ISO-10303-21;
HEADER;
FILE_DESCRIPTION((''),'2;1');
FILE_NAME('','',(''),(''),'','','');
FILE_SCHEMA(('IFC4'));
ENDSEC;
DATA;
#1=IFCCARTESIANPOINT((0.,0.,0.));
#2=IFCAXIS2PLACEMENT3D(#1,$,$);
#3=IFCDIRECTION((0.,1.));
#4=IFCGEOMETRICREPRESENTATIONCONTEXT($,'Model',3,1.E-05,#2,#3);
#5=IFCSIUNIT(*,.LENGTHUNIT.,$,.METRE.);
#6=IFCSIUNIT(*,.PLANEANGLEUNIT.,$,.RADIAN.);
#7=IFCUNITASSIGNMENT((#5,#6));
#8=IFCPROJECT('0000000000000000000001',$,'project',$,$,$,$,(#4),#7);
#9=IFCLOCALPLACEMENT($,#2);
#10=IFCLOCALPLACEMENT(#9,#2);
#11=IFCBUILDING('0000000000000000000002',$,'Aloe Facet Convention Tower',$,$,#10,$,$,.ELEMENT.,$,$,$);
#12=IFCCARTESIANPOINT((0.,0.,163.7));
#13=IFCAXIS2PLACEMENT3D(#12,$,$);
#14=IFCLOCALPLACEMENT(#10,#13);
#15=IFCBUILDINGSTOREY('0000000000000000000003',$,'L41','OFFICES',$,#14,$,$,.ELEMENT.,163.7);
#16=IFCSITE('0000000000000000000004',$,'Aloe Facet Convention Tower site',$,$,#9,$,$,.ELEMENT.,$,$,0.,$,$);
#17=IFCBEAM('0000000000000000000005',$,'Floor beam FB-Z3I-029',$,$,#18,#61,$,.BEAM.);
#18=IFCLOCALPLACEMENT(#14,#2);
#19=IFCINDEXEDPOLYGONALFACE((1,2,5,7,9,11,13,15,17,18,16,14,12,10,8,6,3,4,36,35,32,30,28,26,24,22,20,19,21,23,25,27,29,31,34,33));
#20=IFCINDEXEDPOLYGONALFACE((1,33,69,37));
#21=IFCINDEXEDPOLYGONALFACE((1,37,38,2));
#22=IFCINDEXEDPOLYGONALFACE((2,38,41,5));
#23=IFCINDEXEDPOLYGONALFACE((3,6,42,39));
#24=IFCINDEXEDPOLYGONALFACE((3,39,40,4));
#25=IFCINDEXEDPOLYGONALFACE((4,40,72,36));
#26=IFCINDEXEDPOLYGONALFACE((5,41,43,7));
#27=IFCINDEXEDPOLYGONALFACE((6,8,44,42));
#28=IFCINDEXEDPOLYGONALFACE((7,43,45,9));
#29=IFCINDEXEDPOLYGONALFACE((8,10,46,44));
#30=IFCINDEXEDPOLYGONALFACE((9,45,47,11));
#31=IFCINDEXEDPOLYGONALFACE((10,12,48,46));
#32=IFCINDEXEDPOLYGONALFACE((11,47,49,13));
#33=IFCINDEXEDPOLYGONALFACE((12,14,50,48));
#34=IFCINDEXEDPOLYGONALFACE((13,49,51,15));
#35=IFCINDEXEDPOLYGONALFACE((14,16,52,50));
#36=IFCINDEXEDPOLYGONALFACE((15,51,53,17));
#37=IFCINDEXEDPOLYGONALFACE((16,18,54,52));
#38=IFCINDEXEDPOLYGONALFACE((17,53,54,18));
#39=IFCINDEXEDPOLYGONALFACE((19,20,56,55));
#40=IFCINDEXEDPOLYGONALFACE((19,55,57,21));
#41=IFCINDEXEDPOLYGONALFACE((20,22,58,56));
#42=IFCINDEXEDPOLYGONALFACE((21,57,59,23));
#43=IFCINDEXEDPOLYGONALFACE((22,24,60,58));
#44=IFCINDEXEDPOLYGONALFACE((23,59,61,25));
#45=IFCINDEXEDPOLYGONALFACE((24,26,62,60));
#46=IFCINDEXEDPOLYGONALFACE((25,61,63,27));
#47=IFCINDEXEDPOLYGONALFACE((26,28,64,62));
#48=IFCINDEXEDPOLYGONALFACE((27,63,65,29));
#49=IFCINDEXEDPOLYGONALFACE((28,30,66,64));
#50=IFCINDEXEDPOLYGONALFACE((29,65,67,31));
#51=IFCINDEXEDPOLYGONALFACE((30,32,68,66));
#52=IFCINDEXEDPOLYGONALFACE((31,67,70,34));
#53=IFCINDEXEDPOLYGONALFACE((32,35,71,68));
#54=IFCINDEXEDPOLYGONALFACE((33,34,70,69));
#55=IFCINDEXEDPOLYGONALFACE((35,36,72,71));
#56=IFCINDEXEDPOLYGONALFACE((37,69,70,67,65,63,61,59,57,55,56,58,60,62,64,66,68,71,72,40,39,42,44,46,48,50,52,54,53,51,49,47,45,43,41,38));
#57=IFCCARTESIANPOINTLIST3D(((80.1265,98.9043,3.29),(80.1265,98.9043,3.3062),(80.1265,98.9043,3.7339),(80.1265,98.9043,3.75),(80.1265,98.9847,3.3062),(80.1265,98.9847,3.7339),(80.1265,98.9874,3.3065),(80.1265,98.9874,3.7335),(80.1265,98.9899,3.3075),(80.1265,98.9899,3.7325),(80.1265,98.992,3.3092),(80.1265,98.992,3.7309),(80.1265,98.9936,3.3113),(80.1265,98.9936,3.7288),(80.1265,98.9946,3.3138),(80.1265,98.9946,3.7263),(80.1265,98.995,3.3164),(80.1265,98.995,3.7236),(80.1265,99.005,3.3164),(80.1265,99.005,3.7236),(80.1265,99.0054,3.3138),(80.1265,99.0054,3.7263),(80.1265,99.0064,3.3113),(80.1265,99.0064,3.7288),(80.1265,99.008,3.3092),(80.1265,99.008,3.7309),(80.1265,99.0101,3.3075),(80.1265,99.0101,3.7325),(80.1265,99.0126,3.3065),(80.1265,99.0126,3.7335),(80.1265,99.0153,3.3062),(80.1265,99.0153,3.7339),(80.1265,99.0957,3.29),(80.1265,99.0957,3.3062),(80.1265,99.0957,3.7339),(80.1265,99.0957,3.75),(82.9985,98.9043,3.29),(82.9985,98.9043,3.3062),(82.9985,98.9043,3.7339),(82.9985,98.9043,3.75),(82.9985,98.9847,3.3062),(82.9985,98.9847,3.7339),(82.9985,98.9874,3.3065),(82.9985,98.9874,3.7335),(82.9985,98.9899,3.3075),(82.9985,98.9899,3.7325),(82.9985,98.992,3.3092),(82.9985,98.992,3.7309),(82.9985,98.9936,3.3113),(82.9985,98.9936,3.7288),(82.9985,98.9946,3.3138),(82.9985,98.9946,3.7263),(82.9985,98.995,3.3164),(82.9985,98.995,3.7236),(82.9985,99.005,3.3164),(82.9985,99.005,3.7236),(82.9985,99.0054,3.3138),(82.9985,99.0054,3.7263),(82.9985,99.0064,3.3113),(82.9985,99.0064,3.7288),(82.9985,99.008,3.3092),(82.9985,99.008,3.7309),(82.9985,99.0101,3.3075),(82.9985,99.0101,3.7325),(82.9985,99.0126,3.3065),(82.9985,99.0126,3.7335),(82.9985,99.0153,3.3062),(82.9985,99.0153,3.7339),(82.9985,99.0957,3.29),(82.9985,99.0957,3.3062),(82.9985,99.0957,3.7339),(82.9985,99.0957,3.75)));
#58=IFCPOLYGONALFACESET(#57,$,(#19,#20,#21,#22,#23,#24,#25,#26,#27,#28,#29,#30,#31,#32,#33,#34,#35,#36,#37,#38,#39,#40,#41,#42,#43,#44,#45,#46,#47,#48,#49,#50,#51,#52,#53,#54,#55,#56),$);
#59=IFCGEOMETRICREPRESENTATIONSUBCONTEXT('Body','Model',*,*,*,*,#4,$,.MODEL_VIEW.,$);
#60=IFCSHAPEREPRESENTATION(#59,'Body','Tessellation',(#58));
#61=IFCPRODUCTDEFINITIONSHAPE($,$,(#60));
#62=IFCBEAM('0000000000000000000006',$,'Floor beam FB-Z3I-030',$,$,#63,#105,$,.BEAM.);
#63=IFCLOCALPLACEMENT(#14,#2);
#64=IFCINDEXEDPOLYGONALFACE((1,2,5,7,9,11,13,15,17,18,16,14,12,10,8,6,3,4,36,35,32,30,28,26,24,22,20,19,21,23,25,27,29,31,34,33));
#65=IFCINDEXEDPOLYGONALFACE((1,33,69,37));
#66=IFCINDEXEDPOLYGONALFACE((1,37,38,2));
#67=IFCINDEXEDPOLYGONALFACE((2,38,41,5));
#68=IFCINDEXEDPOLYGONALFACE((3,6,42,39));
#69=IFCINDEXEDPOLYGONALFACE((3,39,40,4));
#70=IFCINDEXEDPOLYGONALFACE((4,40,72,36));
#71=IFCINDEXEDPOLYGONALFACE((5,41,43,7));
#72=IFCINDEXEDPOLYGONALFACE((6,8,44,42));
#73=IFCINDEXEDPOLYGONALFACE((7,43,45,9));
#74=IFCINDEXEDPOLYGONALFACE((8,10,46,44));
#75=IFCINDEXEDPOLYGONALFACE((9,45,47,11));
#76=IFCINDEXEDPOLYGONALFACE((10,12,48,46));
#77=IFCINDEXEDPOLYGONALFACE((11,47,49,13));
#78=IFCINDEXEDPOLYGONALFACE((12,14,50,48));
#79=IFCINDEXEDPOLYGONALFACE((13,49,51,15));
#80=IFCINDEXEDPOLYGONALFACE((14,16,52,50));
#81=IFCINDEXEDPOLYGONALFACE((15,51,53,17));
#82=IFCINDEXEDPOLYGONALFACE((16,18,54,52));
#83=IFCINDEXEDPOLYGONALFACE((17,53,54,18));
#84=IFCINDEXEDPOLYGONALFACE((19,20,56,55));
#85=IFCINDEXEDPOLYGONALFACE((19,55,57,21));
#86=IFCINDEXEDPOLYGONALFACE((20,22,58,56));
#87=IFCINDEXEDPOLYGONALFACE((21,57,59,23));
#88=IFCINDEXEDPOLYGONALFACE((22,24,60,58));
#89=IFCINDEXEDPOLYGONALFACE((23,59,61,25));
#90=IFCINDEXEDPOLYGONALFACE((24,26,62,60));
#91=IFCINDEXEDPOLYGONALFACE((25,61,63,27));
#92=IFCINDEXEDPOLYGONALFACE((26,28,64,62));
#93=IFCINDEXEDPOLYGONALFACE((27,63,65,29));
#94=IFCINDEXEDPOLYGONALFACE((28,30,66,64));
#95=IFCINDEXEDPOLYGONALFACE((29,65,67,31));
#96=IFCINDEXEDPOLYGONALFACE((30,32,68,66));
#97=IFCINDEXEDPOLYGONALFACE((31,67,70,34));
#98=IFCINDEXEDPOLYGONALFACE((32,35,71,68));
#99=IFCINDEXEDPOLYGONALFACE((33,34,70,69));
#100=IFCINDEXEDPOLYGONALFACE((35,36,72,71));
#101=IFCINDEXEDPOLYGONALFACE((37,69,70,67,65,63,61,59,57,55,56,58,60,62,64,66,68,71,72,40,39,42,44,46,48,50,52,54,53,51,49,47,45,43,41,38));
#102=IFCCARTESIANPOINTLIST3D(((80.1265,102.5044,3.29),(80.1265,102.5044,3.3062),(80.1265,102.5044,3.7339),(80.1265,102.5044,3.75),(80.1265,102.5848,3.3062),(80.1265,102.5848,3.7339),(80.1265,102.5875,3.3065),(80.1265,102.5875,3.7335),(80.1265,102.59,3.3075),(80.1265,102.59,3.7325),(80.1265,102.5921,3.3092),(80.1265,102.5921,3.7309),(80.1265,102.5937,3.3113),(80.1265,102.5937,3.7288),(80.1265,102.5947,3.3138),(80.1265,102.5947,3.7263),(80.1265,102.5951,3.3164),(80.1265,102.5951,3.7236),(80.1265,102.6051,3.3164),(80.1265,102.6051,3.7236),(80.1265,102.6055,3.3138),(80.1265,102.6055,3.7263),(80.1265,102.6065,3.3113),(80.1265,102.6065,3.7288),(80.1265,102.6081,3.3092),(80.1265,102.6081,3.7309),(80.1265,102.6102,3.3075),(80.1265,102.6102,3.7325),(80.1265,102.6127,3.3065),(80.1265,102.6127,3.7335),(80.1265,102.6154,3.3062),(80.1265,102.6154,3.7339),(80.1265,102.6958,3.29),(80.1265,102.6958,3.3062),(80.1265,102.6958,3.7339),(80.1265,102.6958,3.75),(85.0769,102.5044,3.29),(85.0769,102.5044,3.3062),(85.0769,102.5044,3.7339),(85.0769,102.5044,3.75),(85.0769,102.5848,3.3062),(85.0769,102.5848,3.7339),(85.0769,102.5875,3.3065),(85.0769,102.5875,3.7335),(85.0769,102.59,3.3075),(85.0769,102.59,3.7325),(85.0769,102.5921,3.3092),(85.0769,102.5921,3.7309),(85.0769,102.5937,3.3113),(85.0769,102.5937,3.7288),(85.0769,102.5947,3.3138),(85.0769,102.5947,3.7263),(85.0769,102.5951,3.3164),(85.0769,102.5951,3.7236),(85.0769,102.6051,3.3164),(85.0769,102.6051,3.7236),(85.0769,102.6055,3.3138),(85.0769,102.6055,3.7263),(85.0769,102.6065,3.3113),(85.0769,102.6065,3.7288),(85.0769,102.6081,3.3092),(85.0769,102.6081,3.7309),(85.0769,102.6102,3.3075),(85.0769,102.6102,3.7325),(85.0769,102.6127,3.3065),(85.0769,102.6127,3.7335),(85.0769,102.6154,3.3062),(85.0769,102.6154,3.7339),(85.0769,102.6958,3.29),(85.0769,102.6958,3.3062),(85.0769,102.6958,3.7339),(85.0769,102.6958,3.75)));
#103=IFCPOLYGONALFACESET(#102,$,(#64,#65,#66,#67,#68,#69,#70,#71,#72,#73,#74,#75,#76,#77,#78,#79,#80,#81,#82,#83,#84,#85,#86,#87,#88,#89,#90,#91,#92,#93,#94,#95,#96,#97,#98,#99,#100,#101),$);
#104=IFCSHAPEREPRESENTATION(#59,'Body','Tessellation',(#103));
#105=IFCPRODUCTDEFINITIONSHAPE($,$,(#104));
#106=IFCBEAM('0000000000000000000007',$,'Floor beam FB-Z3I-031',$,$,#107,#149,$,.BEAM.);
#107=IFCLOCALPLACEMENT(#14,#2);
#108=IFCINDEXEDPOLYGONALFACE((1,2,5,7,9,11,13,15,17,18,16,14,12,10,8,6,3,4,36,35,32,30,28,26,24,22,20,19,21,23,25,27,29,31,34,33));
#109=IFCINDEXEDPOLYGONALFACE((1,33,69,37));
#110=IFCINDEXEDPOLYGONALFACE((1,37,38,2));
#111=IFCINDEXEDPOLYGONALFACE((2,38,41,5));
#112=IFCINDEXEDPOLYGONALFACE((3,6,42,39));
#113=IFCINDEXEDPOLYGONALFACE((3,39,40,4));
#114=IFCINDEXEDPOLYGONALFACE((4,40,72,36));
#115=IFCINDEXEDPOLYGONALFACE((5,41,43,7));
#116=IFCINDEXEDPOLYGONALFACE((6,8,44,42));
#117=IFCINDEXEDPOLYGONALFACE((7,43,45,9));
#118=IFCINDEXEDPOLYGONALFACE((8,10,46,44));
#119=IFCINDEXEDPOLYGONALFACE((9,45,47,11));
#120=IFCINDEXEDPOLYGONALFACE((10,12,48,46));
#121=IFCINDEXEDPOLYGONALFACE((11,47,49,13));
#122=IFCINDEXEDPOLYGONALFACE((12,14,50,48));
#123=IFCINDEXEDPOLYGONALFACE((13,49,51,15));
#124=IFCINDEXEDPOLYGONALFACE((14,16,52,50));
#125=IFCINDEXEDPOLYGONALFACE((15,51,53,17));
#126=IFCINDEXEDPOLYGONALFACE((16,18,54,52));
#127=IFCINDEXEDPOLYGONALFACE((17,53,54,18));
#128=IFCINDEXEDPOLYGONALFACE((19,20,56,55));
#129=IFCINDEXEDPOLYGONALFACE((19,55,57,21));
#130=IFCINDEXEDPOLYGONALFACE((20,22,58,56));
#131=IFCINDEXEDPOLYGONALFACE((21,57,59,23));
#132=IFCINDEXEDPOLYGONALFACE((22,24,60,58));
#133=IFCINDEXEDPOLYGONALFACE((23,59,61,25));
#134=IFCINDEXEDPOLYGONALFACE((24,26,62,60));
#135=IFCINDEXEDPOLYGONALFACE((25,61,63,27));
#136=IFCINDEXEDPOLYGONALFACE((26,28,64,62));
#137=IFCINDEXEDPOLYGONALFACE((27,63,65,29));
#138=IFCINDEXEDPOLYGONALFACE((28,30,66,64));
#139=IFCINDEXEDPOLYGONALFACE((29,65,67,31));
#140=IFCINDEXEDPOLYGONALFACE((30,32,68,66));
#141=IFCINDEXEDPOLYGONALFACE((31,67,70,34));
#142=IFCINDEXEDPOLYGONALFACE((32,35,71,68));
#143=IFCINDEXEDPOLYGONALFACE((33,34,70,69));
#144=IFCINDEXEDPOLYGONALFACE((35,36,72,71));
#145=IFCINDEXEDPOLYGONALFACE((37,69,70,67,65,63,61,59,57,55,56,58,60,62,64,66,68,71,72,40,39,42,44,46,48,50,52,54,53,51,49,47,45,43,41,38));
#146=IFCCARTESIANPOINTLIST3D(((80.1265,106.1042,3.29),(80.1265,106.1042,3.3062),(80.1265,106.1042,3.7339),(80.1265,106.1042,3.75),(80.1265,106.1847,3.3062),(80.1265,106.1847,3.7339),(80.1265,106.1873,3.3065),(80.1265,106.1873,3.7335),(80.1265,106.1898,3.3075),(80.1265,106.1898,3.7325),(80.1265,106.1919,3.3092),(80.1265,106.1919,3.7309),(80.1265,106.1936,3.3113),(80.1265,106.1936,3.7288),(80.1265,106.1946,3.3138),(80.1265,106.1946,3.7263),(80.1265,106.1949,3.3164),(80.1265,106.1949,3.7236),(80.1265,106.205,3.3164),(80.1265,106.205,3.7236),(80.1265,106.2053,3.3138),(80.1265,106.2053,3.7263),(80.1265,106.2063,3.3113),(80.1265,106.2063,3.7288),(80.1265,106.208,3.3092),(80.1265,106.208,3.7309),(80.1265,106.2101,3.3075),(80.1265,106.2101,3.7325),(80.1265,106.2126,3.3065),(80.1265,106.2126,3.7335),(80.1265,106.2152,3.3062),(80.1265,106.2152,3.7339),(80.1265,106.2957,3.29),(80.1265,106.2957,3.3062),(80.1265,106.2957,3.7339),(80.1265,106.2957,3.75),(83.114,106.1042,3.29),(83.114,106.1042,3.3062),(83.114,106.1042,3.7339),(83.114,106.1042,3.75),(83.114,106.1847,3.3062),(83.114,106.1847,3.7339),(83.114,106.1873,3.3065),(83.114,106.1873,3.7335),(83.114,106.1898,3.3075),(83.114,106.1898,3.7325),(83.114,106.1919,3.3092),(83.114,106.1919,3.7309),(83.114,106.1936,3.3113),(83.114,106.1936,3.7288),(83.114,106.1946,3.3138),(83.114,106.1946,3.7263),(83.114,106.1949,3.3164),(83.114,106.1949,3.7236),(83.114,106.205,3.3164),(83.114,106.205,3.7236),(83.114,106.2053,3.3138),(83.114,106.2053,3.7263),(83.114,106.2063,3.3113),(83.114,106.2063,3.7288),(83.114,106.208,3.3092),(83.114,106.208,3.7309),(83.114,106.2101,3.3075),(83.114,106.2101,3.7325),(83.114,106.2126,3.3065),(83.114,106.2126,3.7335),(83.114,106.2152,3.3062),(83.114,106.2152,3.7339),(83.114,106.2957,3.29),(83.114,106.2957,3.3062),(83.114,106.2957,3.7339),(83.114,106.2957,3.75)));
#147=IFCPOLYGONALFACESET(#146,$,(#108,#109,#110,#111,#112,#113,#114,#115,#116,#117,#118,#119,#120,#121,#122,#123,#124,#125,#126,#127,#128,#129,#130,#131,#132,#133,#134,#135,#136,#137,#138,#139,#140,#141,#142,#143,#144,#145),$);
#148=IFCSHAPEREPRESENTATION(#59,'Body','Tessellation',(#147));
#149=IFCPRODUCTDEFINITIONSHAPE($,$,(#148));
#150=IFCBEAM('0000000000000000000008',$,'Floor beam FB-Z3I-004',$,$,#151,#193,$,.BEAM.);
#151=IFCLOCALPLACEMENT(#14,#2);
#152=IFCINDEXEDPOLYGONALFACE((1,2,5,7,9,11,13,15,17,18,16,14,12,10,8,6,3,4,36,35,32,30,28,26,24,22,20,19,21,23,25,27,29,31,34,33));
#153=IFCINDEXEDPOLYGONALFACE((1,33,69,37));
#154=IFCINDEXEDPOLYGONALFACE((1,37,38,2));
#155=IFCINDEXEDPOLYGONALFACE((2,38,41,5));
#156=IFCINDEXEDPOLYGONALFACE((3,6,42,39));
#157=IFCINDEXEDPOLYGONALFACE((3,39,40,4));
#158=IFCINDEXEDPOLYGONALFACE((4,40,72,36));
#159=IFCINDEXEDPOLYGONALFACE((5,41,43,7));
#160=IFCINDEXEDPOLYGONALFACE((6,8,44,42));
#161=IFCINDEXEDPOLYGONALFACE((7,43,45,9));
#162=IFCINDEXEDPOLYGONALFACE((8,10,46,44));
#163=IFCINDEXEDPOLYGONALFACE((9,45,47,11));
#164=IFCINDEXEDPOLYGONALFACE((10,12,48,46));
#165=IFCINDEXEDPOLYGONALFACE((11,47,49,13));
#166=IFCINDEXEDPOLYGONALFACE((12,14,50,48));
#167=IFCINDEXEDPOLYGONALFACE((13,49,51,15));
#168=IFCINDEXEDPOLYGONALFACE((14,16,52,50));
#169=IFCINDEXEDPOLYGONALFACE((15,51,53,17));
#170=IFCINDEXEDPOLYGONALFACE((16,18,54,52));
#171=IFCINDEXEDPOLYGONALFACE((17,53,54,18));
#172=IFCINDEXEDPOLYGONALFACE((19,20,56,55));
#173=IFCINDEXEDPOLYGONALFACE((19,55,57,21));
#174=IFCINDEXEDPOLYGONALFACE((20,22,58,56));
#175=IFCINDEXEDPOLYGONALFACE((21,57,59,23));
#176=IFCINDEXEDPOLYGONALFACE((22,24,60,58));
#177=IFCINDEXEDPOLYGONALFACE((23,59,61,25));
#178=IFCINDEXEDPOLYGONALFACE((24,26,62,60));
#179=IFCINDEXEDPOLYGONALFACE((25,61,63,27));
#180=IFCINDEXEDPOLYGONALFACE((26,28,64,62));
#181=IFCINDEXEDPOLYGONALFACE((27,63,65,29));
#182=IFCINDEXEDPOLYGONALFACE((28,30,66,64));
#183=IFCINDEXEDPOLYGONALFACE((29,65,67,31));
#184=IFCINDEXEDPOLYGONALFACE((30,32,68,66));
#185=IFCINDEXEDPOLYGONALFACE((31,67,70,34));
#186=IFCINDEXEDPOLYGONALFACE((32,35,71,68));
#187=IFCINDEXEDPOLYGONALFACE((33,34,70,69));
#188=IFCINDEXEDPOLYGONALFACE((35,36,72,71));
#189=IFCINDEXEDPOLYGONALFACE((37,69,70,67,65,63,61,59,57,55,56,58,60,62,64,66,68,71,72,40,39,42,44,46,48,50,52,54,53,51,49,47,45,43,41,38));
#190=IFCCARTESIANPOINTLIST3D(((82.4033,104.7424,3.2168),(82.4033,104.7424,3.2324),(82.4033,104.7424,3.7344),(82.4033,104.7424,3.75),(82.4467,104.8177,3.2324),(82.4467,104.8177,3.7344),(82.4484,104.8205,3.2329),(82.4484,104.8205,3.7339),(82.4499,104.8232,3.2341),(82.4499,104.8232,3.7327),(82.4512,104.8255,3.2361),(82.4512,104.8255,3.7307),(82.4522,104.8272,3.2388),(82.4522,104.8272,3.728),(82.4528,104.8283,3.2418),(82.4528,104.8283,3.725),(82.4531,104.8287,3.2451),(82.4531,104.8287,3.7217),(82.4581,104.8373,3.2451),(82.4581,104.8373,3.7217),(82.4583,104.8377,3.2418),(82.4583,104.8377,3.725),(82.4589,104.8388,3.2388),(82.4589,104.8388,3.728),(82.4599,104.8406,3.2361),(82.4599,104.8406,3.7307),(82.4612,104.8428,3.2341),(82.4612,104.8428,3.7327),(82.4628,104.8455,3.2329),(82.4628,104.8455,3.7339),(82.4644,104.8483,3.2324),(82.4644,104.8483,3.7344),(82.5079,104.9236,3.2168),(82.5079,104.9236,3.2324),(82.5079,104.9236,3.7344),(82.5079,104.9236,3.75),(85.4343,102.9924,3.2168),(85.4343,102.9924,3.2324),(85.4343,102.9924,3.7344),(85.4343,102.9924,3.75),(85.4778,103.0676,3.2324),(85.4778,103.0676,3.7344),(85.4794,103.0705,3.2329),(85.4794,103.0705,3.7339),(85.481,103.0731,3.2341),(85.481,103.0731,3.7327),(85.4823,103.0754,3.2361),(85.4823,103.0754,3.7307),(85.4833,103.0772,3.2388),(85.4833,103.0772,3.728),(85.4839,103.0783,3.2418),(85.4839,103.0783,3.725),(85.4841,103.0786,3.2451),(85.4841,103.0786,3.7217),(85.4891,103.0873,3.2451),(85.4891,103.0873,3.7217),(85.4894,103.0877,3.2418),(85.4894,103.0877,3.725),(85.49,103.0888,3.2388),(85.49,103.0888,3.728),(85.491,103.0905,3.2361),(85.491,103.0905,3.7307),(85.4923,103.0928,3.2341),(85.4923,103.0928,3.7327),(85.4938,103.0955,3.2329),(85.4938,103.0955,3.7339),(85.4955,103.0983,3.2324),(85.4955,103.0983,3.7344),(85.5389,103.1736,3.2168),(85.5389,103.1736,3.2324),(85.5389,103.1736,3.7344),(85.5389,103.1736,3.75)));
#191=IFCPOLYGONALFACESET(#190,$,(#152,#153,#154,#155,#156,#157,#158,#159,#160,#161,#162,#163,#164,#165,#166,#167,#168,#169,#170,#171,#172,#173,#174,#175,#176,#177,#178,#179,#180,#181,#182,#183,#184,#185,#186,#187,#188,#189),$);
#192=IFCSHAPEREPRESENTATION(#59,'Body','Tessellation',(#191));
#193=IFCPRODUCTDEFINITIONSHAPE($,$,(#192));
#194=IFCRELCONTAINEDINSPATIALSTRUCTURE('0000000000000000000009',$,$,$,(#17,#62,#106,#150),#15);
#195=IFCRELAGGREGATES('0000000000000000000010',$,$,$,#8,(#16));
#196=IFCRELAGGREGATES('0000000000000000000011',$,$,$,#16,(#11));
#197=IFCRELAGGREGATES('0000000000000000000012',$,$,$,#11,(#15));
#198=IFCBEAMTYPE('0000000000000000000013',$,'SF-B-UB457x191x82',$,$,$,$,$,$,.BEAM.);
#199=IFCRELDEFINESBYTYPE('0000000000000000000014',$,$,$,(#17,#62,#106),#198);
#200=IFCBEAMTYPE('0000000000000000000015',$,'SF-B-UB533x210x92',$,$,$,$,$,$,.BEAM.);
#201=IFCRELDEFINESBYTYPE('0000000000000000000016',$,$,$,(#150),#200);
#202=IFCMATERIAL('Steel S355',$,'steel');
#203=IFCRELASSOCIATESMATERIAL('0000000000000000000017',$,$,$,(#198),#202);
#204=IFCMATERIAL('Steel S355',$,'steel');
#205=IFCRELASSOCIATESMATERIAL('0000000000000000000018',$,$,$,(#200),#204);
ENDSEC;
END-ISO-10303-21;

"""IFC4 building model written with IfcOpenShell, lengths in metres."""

from ifc_helpers import new_model, si_unit, direction, frame, origin, origin_2d, place, context, subcontext, project, spatial, i_section, extrude, material, material_profile, profile_set, type_object, element, save


model = new_model("IFC4")

# Units and contexts
model_context = context("Model", 3, precision=1e-05, world=origin(), true_north=direction((0.0, 1.0)))
body_context = subcontext(model_context, "Body", "Model", "MODEL_VIEW")
ifc_project = project(units=[si_unit("LENGTHUNIT", "METRE"), si_unit("PLANEANGLEUNIT", "RADIAN")], contexts=[model_context])

# Site, building, storey
site_placement = place(None, origin())
site = spatial("IfcSite", under=ifc_project, at=site_placement, Name="Aloe Facet Convention Tower site", CompositionType="ELEMENT", RefElevation=0.0)
building_placement = place(site_placement, origin())
building = spatial("IfcBuilding", under=site, at=building_placement, Name="Aloe Facet Convention Tower", CompositionType="ELEMENT")
storey_placement = place(building_placement, frame((0.0, 0.0, 163.7)))
storey = spatial("IfcBuildingStorey", under=building, at=storey_placement, Name="L41", Description="OFFICES", CompositionType="ELEMENT", Elevation=163.7)

# Beams
ifc_material_1 = material(Name="Steel S355", Category="steel")
ifc_material_profile_1 = material_profile(ifc_material_1, i_section(OverallWidth=0.1914, OverallDepth=0.46, WebThickness=0.01, FlangeThickness=0.0161, FilletRadius=0.0103, at=origin_2d()), Name="UB 457x191x82")
ifc_profile_set_1 = profile_set([ifc_material_profile_1], Name="Steel S355")
beam_type_1 = type_object("IfcBeamType", Name="SF-B-UB457x191x82", PredefinedType="BEAM", material=ifc_profile_set_1)
for number, where, z_axis, x_axis, name in (
    (1, (80.1265, 99.0, 3.52), (1.0, 0.0, 0.0), (0.0, 1.0, 0.0), "Floor beam FB-Z3I-029"),
):
    element("IfcBeam", number, at=place(storey_placement, frame(where, z_axis=z_axis, x_axis=x_axis)), inside=storey, type_object=beam_type_1, Name=name, PredefinedType="BEAM", context=body_context, shape_type="SweptSolid", body=[
        extrude(i_section(OverallWidth=0.1914, OverallDepth=0.46, WebThickness=0.01, FlangeThickness=0.0161, FilletRadius=0.0103, at=origin_2d()), origin(), (0.0, 0.0, 1.0), 2.8721),
    ])
beam_1_placement = place(storey_placement, frame((80.1265, 102.6001, 3.52), z_axis=(1.0, 0.0, 0.0), x_axis=(0.0, 1.0, 0.0)))
element("IfcBeam", 2, at=beam_1_placement, inside=storey, type_object=beam_type_1, Name="Floor beam FB-Z3I-030", PredefinedType="BEAM", context=body_context, shape_type="SweptSolid", body=[
    extrude(i_section(OverallWidth=0.1914, OverallDepth=0.46, WebThickness=0.01, FlangeThickness=0.0161, FilletRadius=0.0103, at=origin_2d()), origin(), (0.0, 0.0, 1.0), 4.9504),
])
beam_2_placement = place(storey_placement, frame((80.1265, 106.2, 3.52), z_axis=(1.0, 0.0, 0.0), x_axis=(0.0, 1.0, 0.0)))
element("IfcBeam", 3, at=beam_2_placement, inside=storey, type_object=beam_type_1, Name="Floor beam FB-Z3I-031", PredefinedType="BEAM", context=body_context, shape_type="SweptSolid", body=[
    extrude(i_section(OverallWidth=0.1914, OverallDepth=0.46, WebThickness=0.01, FlangeThickness=0.0161, FilletRadius=0.0103, at=origin_2d()), origin(), (0.0, 0.0, 1.0), 2.9875),
])
ifc_material_2 = material(Name="Steel S355", Category="steel")
ifc_material_profile_2 = material_profile(ifc_material_2, i_section(OverallWidth=0.2092, OverallDepth=0.5332, WebThickness=0.01, FlangeThickness=0.0156, FilletRadius=0.0127, at=origin_2d()), Name="UB 533x210x92")
ifc_profile_set_2 = profile_set([ifc_material_profile_2], Name="Steel S355")
beam_type_2 = type_object("IfcBeamType", Name="SF-B-UB533x210x92", PredefinedType="BEAM", material=ifc_profile_set_2)
beam_3_placement = place(storey_placement, frame((82.4556, 104.833, 3.4834), z_axis=(0.866019, -0.50001, 0.0), x_axis=(0.50001, 0.866019, 0.0)))
element("IfcBeam", 4, at=beam_3_placement, inside=storey, type_object=beam_type_2, Name="Floor beam FB-Z3I-004", PredefinedType="BEAM", context=body_context, shape_type="SweptSolid", body=[
    extrude(i_section(OverallWidth=0.2092, OverallDepth=0.5332, WebThickness=0.01, FlangeThickness=0.0156, FilletRadius=0.0127, at=origin_2d()), origin(), (0.0, 0.0, 1.0), 3.5),
])

save(model, "model.ifc")
